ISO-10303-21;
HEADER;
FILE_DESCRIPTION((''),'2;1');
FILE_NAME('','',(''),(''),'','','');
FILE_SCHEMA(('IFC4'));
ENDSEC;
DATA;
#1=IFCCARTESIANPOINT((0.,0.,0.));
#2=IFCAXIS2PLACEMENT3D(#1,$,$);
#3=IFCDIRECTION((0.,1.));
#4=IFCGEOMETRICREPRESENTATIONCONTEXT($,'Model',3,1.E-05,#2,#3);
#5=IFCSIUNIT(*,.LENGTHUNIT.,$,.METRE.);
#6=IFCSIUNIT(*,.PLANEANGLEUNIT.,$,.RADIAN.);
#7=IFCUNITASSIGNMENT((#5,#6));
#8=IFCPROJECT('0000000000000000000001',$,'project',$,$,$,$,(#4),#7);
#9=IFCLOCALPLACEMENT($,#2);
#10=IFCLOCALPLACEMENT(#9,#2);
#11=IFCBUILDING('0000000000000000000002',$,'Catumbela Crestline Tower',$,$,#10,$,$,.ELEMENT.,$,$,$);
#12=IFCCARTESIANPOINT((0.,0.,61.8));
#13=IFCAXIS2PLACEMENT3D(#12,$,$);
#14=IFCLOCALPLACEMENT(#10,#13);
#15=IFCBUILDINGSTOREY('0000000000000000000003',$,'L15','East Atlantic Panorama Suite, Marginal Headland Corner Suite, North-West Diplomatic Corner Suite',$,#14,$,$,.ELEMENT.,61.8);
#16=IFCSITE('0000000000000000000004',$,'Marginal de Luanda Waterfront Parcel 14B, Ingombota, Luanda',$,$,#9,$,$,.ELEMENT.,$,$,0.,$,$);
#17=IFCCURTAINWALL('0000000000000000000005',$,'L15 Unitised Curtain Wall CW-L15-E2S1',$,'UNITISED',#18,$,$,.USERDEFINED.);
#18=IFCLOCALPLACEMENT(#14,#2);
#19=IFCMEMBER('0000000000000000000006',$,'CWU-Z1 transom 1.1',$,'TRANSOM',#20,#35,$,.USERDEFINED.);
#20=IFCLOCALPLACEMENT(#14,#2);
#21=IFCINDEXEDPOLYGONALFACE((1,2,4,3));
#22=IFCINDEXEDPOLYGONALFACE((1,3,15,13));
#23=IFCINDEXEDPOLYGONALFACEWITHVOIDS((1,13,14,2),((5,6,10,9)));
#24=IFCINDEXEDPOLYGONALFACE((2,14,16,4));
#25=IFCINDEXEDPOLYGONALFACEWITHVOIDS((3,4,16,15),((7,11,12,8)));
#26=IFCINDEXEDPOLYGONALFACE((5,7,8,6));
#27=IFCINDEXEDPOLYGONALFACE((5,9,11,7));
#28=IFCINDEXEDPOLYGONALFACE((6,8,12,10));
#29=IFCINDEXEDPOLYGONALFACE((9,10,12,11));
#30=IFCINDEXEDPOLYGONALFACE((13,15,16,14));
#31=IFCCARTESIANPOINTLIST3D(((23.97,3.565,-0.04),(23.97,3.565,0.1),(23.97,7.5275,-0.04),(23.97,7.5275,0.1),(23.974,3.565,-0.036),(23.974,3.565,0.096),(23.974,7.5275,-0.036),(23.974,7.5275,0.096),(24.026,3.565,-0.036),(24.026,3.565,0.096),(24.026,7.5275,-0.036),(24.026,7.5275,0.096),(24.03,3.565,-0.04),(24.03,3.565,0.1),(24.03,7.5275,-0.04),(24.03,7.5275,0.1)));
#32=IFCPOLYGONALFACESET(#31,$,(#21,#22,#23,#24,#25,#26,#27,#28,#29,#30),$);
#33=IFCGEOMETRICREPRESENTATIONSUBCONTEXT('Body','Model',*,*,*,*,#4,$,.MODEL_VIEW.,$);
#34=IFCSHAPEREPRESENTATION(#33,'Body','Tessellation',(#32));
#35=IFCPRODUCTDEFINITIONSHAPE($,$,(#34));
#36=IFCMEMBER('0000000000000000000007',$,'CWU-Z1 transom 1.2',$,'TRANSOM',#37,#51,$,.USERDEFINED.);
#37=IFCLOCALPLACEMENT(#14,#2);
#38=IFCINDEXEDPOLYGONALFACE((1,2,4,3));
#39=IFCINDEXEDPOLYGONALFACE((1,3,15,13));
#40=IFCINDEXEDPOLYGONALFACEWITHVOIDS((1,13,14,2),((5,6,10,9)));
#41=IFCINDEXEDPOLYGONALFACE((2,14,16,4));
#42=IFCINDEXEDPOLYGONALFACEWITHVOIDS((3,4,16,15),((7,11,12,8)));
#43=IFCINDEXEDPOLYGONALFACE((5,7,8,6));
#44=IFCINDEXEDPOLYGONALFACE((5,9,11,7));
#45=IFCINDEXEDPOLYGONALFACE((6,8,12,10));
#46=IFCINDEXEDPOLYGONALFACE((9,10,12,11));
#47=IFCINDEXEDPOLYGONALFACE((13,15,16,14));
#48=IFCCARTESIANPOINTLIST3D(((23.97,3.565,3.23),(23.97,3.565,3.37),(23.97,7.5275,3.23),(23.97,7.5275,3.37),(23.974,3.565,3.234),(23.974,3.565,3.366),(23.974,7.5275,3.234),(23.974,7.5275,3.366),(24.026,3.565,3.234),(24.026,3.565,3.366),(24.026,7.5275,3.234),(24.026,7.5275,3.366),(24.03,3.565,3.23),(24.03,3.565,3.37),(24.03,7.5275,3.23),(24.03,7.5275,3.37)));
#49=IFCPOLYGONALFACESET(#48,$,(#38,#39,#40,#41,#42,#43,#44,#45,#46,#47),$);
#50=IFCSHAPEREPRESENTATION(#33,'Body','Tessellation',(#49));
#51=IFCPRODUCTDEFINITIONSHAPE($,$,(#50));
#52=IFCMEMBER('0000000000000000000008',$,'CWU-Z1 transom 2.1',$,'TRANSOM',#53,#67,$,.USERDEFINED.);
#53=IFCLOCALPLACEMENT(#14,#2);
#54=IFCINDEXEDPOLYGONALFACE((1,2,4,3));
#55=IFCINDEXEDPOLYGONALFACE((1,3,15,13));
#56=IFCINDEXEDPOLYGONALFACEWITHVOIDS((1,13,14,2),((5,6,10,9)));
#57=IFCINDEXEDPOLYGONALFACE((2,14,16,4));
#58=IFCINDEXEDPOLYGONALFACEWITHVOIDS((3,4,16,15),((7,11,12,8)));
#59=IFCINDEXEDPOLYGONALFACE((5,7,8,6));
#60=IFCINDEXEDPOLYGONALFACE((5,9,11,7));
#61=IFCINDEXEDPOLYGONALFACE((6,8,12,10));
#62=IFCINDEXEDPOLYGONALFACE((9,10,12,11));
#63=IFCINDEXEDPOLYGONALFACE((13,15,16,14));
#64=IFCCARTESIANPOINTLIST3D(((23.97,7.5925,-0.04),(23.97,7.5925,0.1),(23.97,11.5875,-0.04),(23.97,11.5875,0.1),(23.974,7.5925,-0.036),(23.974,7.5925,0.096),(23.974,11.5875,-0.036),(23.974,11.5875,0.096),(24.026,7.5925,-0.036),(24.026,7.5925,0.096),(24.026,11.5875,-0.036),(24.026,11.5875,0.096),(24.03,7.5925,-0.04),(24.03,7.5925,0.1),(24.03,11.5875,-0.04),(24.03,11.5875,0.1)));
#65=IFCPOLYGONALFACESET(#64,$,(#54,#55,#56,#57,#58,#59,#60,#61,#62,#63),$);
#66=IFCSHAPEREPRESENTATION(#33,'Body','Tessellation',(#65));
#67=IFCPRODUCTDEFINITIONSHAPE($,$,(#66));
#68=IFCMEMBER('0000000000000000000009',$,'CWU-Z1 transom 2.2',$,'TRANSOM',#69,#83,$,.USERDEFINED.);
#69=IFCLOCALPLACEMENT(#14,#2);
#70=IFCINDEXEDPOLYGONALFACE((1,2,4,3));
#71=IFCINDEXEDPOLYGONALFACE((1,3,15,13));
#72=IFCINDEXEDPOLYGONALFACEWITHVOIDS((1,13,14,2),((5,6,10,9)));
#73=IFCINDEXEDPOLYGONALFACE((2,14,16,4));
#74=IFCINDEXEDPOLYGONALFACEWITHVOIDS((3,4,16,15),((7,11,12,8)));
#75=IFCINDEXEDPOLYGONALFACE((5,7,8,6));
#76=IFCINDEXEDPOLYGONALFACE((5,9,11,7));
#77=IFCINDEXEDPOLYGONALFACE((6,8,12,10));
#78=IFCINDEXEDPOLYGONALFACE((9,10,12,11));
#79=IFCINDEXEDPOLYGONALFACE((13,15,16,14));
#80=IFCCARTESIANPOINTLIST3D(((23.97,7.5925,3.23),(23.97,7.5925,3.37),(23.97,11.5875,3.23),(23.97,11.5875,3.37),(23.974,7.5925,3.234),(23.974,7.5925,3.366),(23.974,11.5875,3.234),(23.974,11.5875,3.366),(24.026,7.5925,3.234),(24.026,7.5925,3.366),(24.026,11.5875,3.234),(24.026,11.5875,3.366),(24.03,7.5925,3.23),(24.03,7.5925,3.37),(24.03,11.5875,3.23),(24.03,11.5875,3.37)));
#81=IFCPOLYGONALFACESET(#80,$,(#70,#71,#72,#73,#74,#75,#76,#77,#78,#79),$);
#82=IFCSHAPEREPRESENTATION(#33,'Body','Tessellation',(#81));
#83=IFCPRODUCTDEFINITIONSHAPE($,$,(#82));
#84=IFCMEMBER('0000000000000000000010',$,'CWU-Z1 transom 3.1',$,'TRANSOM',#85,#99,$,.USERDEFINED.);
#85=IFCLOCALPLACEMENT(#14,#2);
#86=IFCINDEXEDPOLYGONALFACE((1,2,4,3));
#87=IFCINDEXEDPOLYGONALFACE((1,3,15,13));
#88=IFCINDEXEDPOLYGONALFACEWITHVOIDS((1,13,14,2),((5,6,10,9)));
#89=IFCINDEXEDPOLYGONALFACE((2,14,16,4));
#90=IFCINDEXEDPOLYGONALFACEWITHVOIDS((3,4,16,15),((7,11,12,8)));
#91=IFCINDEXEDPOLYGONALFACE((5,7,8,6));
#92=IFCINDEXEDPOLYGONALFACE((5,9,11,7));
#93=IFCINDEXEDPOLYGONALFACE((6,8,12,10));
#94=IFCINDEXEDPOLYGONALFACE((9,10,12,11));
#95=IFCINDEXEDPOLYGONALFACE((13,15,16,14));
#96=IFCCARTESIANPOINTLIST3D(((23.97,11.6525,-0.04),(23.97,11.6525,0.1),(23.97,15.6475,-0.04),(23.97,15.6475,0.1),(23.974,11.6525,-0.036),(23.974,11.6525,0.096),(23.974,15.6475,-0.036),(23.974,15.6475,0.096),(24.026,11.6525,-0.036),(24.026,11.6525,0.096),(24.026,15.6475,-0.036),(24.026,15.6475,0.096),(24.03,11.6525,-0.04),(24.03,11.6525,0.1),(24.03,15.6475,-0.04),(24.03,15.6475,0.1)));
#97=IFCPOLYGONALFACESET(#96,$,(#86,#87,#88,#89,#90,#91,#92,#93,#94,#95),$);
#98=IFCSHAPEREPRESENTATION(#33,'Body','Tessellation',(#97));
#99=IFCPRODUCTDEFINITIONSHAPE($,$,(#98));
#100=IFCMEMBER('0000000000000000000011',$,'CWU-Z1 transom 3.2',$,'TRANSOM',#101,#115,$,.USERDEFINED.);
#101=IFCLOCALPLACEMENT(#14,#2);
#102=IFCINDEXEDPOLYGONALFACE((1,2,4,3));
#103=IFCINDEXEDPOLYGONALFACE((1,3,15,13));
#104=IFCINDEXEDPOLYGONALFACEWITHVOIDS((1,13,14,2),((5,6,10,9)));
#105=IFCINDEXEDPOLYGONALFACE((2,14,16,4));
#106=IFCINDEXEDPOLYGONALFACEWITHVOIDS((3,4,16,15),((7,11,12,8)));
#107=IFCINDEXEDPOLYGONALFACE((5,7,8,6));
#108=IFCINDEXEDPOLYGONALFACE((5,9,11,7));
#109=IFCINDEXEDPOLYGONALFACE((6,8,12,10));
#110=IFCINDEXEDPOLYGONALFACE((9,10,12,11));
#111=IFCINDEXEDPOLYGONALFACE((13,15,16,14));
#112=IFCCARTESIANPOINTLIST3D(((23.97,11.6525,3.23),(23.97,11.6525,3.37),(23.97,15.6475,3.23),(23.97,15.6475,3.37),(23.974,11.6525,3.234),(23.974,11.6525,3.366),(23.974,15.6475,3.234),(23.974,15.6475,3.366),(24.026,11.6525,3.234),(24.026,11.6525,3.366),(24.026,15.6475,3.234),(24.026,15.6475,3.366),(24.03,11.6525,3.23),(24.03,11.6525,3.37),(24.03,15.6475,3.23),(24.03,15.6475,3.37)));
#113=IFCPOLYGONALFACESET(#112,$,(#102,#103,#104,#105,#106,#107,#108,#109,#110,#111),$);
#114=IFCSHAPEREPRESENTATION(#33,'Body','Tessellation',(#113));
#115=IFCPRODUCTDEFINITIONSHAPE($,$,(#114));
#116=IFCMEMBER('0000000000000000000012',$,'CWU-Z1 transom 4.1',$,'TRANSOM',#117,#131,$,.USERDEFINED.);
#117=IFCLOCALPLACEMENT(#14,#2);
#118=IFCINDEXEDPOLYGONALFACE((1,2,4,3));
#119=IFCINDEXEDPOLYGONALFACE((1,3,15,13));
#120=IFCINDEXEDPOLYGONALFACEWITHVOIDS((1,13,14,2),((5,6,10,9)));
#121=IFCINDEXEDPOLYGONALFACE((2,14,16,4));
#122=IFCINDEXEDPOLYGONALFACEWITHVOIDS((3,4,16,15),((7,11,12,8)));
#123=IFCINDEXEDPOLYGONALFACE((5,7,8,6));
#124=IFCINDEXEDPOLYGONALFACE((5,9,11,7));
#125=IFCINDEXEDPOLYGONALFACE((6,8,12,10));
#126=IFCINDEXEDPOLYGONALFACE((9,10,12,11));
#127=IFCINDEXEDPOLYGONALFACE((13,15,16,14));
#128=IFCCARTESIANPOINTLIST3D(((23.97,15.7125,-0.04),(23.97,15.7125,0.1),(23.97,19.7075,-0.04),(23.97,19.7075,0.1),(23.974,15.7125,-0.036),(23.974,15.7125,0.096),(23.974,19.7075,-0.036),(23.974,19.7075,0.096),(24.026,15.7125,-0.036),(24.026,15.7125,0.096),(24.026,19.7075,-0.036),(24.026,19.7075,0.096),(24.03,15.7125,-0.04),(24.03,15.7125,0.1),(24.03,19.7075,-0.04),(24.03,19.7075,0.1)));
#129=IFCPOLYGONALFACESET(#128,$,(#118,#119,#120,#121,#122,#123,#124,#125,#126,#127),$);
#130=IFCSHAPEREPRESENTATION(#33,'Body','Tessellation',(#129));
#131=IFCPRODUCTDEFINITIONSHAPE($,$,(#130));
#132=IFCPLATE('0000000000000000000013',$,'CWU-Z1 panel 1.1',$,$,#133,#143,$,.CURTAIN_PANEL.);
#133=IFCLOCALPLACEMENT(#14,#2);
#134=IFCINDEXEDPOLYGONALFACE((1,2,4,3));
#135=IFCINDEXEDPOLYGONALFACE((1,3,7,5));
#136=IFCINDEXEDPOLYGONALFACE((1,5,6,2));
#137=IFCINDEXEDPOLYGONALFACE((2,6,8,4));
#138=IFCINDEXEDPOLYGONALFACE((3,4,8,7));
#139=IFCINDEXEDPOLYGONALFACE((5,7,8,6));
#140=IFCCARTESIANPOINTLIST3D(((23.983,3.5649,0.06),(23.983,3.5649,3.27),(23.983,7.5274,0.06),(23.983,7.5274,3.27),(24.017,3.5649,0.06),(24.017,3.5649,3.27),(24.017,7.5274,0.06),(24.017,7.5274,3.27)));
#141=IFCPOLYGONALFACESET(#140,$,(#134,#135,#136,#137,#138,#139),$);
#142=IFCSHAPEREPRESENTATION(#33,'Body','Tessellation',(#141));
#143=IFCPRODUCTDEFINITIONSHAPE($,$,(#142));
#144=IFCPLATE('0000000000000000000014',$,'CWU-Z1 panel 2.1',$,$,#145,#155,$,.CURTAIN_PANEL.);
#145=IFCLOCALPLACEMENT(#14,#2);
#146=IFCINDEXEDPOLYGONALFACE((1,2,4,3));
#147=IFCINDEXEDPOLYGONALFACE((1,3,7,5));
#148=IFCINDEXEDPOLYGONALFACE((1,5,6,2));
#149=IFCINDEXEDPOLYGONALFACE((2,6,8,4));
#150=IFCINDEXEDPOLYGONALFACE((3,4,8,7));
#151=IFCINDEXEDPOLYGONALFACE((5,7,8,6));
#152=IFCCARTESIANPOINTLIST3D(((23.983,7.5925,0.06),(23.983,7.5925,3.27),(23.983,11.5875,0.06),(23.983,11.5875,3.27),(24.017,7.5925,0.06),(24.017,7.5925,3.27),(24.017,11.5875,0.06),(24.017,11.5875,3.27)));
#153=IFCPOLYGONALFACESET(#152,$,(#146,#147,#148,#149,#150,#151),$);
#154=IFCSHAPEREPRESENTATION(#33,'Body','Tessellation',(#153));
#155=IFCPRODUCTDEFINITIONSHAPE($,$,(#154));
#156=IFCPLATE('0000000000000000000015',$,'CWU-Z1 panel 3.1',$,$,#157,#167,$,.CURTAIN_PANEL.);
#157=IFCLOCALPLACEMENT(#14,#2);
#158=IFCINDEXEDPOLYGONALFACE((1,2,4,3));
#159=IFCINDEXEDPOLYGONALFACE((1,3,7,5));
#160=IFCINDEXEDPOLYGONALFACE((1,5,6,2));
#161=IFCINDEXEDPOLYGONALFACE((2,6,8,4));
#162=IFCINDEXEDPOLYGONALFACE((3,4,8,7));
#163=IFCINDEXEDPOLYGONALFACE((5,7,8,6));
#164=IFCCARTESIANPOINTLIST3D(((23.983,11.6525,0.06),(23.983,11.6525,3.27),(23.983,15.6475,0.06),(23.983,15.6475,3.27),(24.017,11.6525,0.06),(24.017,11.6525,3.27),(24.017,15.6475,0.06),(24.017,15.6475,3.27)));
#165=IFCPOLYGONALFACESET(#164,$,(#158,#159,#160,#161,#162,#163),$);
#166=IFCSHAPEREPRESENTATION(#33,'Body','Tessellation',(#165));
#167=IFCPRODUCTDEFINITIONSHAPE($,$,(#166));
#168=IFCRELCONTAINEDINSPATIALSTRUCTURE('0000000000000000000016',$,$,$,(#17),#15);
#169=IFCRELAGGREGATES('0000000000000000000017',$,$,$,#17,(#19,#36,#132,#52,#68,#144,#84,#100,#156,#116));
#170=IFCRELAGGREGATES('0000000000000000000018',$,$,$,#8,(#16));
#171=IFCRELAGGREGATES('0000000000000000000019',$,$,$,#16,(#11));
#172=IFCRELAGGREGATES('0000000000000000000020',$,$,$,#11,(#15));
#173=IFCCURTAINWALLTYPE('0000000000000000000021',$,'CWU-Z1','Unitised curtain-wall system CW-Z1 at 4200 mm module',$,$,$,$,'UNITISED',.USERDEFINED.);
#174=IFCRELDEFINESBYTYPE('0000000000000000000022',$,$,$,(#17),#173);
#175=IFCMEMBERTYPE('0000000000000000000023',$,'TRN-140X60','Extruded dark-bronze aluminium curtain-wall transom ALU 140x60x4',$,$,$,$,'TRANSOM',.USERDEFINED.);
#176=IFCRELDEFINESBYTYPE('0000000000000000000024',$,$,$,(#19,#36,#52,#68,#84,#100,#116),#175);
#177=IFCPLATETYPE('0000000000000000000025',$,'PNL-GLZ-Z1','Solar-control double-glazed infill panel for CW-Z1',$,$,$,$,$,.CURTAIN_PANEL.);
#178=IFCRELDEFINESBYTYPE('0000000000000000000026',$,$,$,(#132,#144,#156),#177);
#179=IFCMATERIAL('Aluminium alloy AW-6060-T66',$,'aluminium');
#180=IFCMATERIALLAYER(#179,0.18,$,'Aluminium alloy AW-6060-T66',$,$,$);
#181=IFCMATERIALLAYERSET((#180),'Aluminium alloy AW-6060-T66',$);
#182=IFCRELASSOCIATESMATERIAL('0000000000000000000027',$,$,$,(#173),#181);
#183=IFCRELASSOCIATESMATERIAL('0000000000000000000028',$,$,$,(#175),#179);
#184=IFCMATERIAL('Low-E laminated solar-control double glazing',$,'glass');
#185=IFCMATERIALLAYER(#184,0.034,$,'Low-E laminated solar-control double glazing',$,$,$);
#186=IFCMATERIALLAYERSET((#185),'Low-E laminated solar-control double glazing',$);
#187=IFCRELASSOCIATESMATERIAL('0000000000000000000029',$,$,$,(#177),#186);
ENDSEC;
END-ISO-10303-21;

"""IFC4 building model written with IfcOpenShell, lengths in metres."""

from ifc_helpers import new_model, si_unit, direction, frame, origin, origin_2d, place, context, subcontext, project, spatial, rectangle, hollow_rectangle, extrude, material, layer, layer_set, material_profile, profile_set, type_object, element, aggregate, save


model = new_model("IFC4")

# Units and contexts
model_context = context("Model", 3, precision=1e-05, world=origin(), true_north=direction((0.0, 1.0)))
body_context = subcontext(model_context, "Body", "Model", "MODEL_VIEW")
ifc_project = project(units=[si_unit("LENGTHUNIT", "METRE"), si_unit("PLANEANGLEUNIT", "RADIAN")], contexts=[model_context])

# Site, building, storey
site_placement = place(None, origin())
site = spatial("IfcSite", under=ifc_project, at=site_placement, Name="Marginal de Luanda Waterfront Parcel 14B, Ingombota, Luanda", CompositionType="ELEMENT", RefElevation=0.0)
building_placement = place(site_placement, origin())
building = spatial("IfcBuilding", under=site, at=building_placement, Name="Catumbela Crestline Tower", CompositionType="ELEMENT")
storey_placement = place(building_placement, frame((0.0, 0.0, 61.8)))
storey = spatial("IfcBuildingStorey", under=building, at=storey_placement, Name="L15", Description="East Atlantic Panorama Suite, Marginal Headland Corner Suite, North-West Diplomatic Corner Suite", CompositionType="ELEMENT", Elevation=61.8)

# Shared definitions
ifc_material_1 = material(Name="Aluminium alloy AW-6060-T66", Category="aluminium")
ifc_layer_1 = layer(ifc_material_1, 0.18, Name="Aluminium alloy AW-6060-T66")
ifc_layer_set_1 = layer_set([ifc_layer_1], Name="Aluminium alloy AW-6060-T66")
curtain_wall_type = type_object("IfcCurtainWallType", Name="CWU-Z1", Description="Unitised curtain-wall system CW-Z1 at 4200 mm module", ElementType="UNITISED", PredefinedType="USERDEFINED", material=ifc_layer_set_1)

# Curtain wall
curtain_wall_1_placement = place(storey_placement, origin())
curtain_wall_1 = element("IfcCurtainWall", 1, at=curtain_wall_1_placement, inside=storey, type_object=curtain_wall_type, Name="L15 Unitised Curtain Wall CW-L15-E2S1", ObjectType="UNITISED", PredefinedType="USERDEFINED")

# Members
ifc_material_profile_1 = material_profile(ifc_material_1, hollow_rectangle(XDim=0.06, YDim=0.14, WallThickness=0.004, at=origin_2d()), Name="ALU 140x60x4")
ifc_profile_set_1 = profile_set([ifc_material_profile_1], Name="Aluminium alloy AW-6060-T66")
member_type_1 = type_object("IfcMemberType", Name="TRN-140X60", Description="Extruded dark-bronze aluminium curtain-wall transom ALU 140x60x4", ElementType="TRANSOM", PredefinedType="USERDEFINED", material=ifc_profile_set_1)
member_1_placement = place(storey_placement, frame((24.0, 3.565, 0.03), z_axis=(0.0, 1.0, 0.0), x_axis=(-1.0, 0.0, 0.0)))
member_1 = element("IfcMember", 2, at=member_1_placement, type_object=member_type_1, Name="CWU-Z1 transom 1.1", ObjectType="TRANSOM", PredefinedType="USERDEFINED", context=body_context, shape_type="SweptSolid", body=[
    extrude(hollow_rectangle(XDim=0.06, YDim=0.14, WallThickness=0.004, at=origin_2d()), origin(), (0.0, 0.0, 1.0), 3.9625),
])
member_2_placement = place(storey_placement, frame((24.0, 3.565, 3.3), z_axis=(0.0, 1.0, 0.0), x_axis=(-1.0, 0.0, 0.0)))
member_2 = element("IfcMember", 3, at=member_2_placement, type_object=member_type_1, Name="CWU-Z1 transom 1.2", ObjectType="TRANSOM", PredefinedType="USERDEFINED", context=body_context, shape_type="SweptSolid", body=[
    extrude(hollow_rectangle(XDim=0.06, YDim=0.14, WallThickness=0.004, at=origin_2d()), origin(), (0.0, 0.0, 1.0), 3.9625),
])
member_3_placement = place(storey_placement, frame((24.0, 7.5925, 0.03), z_axis=(0.0, 1.0, 0.0), x_axis=(-1.0, 0.0, 0.0)))
member_3 = element("IfcMember", 4, at=member_3_placement, type_object=member_type_1, Name="CWU-Z1 transom 2.1", ObjectType="TRANSOM", PredefinedType="USERDEFINED", context=body_context, shape_type="SweptSolid", body=[
    extrude(hollow_rectangle(XDim=0.06, YDim=0.14, WallThickness=0.004, at=origin_2d()), origin(), (0.0, 0.0, 1.0), 3.995),
])
member_4_placement = place(storey_placement, frame((24.0, 7.5925, 3.3), z_axis=(0.0, 1.0, 0.0), x_axis=(-1.0, 0.0, 0.0)))
member_4 = element("IfcMember", 5, at=member_4_placement, type_object=member_type_1, Name="CWU-Z1 transom 2.2", ObjectType="TRANSOM", PredefinedType="USERDEFINED", context=body_context, shape_type="SweptSolid", body=[
    extrude(hollow_rectangle(XDim=0.06, YDim=0.14, WallThickness=0.004, at=origin_2d()), origin(), (0.0, 0.0, 1.0), 3.995),
])
member_5_placement = place(storey_placement, frame((24.0, 11.6525, 0.03), z_axis=(0.0, 1.0, 0.0), x_axis=(-1.0, 0.0, 0.0)))
member_5 = element("IfcMember", 6, at=member_5_placement, type_object=member_type_1, Name="CWU-Z1 transom 3.1", ObjectType="TRANSOM", PredefinedType="USERDEFINED", context=body_context, shape_type="SweptSolid", body=[
    extrude(hollow_rectangle(XDim=0.06, YDim=0.14, WallThickness=0.004, at=origin_2d()), origin(), (0.0, 0.0, 1.0), 3.995),
])
member_6_placement = place(storey_placement, frame((24.0, 11.6525, 3.3), z_axis=(0.0, 1.0, 0.0), x_axis=(-1.0, 0.0, 0.0)))
member_6 = element("IfcMember", 7, at=member_6_placement, type_object=member_type_1, Name="CWU-Z1 transom 3.2", ObjectType="TRANSOM", PredefinedType="USERDEFINED", context=body_context, shape_type="SweptSolid", body=[
    extrude(hollow_rectangle(XDim=0.06, YDim=0.14, WallThickness=0.004, at=origin_2d()), origin(), (0.0, 0.0, 1.0), 3.995),
])
member_7_placement = place(storey_placement, frame((24.0, 15.7125, 0.03), z_axis=(0.0, 1.0, 0.0), x_axis=(-1.0, 0.0, 0.0)))
member_7 = element("IfcMember", 8, at=member_7_placement, type_object=member_type_1, Name="CWU-Z1 transom 4.1", ObjectType="TRANSOM", PredefinedType="USERDEFINED", context=body_context, shape_type="SweptSolid", body=[
    extrude(hollow_rectangle(XDim=0.06, YDim=0.14, WallThickness=0.004, at=origin_2d()), origin(), (0.0, 0.0, 1.0), 3.995),
])

# Plates
ifc_material_2 = material(Name="Low-E laminated solar-control double glazing", Category="glass")
ifc_layer_2 = layer(ifc_material_2, 0.034, Name="Low-E laminated solar-control double glazing")
ifc_layer_set_2 = layer_set([ifc_layer_2], Name="Low-E laminated solar-control double glazing")
plate_type = type_object("IfcPlateType", Name="PNL-GLZ-Z1", Description="Solar-control double-glazed infill panel for CW-Z1", PredefinedType="CURTAIN_PANEL", material=ifc_layer_set_2)
plate_1_placement = place(storey_placement, frame((24.0, 5.5462, 0.06), z_axis=(0.0, 0.0, 1.0), x_axis=(0.0, 1.0, 0.0)))
plate_1 = element("IfcPlate", 9, at=plate_1_placement, type_object=plate_type, Name="CWU-Z1 panel 1.1", PredefinedType="CURTAIN_PANEL", context=body_context, shape_type="SweptSolid", body=[
    extrude(rectangle(XDim=3.9625, YDim=0.034, at=origin_2d()), origin(), (0.0, 0.0, 1.0), 3.21),
])
plate_2_placement = place(storey_placement, frame((24.0, 9.59, 0.06), z_axis=(0.0, 0.0, 1.0), x_axis=(0.0, 1.0, 0.0)))
plate_2 = element("IfcPlate", 10, at=plate_2_placement, type_object=plate_type, Name="CWU-Z1 panel 2.1", PredefinedType="CURTAIN_PANEL", context=body_context, shape_type="SweptSolid", body=[
    extrude(rectangle(XDim=3.995, YDim=0.034, at=origin_2d()), origin(), (0.0, 0.0, 1.0), 3.21),
])
plate_3_placement = place(storey_placement, frame((24.0, 13.65, 0.06), z_axis=(0.0, 0.0, 1.0), x_axis=(0.0, 1.0, 0.0)))
plate_3 = element("IfcPlate", 11, at=plate_3_placement, type_object=plate_type, Name="CWU-Z1 panel 3.1", PredefinedType="CURTAIN_PANEL", context=body_context, shape_type="SweptSolid", body=[
    extrude(rectangle(XDim=3.995, YDim=0.034, at=origin_2d()), origin(), (0.0, 0.0, 1.0), 3.21),
])
aggregate(curtain_wall_1, [member_1, member_2, plate_1, member_3, member_4, plate_2, member_5, member_6, plate_3, member_7])

save(model, "model.ifc")
